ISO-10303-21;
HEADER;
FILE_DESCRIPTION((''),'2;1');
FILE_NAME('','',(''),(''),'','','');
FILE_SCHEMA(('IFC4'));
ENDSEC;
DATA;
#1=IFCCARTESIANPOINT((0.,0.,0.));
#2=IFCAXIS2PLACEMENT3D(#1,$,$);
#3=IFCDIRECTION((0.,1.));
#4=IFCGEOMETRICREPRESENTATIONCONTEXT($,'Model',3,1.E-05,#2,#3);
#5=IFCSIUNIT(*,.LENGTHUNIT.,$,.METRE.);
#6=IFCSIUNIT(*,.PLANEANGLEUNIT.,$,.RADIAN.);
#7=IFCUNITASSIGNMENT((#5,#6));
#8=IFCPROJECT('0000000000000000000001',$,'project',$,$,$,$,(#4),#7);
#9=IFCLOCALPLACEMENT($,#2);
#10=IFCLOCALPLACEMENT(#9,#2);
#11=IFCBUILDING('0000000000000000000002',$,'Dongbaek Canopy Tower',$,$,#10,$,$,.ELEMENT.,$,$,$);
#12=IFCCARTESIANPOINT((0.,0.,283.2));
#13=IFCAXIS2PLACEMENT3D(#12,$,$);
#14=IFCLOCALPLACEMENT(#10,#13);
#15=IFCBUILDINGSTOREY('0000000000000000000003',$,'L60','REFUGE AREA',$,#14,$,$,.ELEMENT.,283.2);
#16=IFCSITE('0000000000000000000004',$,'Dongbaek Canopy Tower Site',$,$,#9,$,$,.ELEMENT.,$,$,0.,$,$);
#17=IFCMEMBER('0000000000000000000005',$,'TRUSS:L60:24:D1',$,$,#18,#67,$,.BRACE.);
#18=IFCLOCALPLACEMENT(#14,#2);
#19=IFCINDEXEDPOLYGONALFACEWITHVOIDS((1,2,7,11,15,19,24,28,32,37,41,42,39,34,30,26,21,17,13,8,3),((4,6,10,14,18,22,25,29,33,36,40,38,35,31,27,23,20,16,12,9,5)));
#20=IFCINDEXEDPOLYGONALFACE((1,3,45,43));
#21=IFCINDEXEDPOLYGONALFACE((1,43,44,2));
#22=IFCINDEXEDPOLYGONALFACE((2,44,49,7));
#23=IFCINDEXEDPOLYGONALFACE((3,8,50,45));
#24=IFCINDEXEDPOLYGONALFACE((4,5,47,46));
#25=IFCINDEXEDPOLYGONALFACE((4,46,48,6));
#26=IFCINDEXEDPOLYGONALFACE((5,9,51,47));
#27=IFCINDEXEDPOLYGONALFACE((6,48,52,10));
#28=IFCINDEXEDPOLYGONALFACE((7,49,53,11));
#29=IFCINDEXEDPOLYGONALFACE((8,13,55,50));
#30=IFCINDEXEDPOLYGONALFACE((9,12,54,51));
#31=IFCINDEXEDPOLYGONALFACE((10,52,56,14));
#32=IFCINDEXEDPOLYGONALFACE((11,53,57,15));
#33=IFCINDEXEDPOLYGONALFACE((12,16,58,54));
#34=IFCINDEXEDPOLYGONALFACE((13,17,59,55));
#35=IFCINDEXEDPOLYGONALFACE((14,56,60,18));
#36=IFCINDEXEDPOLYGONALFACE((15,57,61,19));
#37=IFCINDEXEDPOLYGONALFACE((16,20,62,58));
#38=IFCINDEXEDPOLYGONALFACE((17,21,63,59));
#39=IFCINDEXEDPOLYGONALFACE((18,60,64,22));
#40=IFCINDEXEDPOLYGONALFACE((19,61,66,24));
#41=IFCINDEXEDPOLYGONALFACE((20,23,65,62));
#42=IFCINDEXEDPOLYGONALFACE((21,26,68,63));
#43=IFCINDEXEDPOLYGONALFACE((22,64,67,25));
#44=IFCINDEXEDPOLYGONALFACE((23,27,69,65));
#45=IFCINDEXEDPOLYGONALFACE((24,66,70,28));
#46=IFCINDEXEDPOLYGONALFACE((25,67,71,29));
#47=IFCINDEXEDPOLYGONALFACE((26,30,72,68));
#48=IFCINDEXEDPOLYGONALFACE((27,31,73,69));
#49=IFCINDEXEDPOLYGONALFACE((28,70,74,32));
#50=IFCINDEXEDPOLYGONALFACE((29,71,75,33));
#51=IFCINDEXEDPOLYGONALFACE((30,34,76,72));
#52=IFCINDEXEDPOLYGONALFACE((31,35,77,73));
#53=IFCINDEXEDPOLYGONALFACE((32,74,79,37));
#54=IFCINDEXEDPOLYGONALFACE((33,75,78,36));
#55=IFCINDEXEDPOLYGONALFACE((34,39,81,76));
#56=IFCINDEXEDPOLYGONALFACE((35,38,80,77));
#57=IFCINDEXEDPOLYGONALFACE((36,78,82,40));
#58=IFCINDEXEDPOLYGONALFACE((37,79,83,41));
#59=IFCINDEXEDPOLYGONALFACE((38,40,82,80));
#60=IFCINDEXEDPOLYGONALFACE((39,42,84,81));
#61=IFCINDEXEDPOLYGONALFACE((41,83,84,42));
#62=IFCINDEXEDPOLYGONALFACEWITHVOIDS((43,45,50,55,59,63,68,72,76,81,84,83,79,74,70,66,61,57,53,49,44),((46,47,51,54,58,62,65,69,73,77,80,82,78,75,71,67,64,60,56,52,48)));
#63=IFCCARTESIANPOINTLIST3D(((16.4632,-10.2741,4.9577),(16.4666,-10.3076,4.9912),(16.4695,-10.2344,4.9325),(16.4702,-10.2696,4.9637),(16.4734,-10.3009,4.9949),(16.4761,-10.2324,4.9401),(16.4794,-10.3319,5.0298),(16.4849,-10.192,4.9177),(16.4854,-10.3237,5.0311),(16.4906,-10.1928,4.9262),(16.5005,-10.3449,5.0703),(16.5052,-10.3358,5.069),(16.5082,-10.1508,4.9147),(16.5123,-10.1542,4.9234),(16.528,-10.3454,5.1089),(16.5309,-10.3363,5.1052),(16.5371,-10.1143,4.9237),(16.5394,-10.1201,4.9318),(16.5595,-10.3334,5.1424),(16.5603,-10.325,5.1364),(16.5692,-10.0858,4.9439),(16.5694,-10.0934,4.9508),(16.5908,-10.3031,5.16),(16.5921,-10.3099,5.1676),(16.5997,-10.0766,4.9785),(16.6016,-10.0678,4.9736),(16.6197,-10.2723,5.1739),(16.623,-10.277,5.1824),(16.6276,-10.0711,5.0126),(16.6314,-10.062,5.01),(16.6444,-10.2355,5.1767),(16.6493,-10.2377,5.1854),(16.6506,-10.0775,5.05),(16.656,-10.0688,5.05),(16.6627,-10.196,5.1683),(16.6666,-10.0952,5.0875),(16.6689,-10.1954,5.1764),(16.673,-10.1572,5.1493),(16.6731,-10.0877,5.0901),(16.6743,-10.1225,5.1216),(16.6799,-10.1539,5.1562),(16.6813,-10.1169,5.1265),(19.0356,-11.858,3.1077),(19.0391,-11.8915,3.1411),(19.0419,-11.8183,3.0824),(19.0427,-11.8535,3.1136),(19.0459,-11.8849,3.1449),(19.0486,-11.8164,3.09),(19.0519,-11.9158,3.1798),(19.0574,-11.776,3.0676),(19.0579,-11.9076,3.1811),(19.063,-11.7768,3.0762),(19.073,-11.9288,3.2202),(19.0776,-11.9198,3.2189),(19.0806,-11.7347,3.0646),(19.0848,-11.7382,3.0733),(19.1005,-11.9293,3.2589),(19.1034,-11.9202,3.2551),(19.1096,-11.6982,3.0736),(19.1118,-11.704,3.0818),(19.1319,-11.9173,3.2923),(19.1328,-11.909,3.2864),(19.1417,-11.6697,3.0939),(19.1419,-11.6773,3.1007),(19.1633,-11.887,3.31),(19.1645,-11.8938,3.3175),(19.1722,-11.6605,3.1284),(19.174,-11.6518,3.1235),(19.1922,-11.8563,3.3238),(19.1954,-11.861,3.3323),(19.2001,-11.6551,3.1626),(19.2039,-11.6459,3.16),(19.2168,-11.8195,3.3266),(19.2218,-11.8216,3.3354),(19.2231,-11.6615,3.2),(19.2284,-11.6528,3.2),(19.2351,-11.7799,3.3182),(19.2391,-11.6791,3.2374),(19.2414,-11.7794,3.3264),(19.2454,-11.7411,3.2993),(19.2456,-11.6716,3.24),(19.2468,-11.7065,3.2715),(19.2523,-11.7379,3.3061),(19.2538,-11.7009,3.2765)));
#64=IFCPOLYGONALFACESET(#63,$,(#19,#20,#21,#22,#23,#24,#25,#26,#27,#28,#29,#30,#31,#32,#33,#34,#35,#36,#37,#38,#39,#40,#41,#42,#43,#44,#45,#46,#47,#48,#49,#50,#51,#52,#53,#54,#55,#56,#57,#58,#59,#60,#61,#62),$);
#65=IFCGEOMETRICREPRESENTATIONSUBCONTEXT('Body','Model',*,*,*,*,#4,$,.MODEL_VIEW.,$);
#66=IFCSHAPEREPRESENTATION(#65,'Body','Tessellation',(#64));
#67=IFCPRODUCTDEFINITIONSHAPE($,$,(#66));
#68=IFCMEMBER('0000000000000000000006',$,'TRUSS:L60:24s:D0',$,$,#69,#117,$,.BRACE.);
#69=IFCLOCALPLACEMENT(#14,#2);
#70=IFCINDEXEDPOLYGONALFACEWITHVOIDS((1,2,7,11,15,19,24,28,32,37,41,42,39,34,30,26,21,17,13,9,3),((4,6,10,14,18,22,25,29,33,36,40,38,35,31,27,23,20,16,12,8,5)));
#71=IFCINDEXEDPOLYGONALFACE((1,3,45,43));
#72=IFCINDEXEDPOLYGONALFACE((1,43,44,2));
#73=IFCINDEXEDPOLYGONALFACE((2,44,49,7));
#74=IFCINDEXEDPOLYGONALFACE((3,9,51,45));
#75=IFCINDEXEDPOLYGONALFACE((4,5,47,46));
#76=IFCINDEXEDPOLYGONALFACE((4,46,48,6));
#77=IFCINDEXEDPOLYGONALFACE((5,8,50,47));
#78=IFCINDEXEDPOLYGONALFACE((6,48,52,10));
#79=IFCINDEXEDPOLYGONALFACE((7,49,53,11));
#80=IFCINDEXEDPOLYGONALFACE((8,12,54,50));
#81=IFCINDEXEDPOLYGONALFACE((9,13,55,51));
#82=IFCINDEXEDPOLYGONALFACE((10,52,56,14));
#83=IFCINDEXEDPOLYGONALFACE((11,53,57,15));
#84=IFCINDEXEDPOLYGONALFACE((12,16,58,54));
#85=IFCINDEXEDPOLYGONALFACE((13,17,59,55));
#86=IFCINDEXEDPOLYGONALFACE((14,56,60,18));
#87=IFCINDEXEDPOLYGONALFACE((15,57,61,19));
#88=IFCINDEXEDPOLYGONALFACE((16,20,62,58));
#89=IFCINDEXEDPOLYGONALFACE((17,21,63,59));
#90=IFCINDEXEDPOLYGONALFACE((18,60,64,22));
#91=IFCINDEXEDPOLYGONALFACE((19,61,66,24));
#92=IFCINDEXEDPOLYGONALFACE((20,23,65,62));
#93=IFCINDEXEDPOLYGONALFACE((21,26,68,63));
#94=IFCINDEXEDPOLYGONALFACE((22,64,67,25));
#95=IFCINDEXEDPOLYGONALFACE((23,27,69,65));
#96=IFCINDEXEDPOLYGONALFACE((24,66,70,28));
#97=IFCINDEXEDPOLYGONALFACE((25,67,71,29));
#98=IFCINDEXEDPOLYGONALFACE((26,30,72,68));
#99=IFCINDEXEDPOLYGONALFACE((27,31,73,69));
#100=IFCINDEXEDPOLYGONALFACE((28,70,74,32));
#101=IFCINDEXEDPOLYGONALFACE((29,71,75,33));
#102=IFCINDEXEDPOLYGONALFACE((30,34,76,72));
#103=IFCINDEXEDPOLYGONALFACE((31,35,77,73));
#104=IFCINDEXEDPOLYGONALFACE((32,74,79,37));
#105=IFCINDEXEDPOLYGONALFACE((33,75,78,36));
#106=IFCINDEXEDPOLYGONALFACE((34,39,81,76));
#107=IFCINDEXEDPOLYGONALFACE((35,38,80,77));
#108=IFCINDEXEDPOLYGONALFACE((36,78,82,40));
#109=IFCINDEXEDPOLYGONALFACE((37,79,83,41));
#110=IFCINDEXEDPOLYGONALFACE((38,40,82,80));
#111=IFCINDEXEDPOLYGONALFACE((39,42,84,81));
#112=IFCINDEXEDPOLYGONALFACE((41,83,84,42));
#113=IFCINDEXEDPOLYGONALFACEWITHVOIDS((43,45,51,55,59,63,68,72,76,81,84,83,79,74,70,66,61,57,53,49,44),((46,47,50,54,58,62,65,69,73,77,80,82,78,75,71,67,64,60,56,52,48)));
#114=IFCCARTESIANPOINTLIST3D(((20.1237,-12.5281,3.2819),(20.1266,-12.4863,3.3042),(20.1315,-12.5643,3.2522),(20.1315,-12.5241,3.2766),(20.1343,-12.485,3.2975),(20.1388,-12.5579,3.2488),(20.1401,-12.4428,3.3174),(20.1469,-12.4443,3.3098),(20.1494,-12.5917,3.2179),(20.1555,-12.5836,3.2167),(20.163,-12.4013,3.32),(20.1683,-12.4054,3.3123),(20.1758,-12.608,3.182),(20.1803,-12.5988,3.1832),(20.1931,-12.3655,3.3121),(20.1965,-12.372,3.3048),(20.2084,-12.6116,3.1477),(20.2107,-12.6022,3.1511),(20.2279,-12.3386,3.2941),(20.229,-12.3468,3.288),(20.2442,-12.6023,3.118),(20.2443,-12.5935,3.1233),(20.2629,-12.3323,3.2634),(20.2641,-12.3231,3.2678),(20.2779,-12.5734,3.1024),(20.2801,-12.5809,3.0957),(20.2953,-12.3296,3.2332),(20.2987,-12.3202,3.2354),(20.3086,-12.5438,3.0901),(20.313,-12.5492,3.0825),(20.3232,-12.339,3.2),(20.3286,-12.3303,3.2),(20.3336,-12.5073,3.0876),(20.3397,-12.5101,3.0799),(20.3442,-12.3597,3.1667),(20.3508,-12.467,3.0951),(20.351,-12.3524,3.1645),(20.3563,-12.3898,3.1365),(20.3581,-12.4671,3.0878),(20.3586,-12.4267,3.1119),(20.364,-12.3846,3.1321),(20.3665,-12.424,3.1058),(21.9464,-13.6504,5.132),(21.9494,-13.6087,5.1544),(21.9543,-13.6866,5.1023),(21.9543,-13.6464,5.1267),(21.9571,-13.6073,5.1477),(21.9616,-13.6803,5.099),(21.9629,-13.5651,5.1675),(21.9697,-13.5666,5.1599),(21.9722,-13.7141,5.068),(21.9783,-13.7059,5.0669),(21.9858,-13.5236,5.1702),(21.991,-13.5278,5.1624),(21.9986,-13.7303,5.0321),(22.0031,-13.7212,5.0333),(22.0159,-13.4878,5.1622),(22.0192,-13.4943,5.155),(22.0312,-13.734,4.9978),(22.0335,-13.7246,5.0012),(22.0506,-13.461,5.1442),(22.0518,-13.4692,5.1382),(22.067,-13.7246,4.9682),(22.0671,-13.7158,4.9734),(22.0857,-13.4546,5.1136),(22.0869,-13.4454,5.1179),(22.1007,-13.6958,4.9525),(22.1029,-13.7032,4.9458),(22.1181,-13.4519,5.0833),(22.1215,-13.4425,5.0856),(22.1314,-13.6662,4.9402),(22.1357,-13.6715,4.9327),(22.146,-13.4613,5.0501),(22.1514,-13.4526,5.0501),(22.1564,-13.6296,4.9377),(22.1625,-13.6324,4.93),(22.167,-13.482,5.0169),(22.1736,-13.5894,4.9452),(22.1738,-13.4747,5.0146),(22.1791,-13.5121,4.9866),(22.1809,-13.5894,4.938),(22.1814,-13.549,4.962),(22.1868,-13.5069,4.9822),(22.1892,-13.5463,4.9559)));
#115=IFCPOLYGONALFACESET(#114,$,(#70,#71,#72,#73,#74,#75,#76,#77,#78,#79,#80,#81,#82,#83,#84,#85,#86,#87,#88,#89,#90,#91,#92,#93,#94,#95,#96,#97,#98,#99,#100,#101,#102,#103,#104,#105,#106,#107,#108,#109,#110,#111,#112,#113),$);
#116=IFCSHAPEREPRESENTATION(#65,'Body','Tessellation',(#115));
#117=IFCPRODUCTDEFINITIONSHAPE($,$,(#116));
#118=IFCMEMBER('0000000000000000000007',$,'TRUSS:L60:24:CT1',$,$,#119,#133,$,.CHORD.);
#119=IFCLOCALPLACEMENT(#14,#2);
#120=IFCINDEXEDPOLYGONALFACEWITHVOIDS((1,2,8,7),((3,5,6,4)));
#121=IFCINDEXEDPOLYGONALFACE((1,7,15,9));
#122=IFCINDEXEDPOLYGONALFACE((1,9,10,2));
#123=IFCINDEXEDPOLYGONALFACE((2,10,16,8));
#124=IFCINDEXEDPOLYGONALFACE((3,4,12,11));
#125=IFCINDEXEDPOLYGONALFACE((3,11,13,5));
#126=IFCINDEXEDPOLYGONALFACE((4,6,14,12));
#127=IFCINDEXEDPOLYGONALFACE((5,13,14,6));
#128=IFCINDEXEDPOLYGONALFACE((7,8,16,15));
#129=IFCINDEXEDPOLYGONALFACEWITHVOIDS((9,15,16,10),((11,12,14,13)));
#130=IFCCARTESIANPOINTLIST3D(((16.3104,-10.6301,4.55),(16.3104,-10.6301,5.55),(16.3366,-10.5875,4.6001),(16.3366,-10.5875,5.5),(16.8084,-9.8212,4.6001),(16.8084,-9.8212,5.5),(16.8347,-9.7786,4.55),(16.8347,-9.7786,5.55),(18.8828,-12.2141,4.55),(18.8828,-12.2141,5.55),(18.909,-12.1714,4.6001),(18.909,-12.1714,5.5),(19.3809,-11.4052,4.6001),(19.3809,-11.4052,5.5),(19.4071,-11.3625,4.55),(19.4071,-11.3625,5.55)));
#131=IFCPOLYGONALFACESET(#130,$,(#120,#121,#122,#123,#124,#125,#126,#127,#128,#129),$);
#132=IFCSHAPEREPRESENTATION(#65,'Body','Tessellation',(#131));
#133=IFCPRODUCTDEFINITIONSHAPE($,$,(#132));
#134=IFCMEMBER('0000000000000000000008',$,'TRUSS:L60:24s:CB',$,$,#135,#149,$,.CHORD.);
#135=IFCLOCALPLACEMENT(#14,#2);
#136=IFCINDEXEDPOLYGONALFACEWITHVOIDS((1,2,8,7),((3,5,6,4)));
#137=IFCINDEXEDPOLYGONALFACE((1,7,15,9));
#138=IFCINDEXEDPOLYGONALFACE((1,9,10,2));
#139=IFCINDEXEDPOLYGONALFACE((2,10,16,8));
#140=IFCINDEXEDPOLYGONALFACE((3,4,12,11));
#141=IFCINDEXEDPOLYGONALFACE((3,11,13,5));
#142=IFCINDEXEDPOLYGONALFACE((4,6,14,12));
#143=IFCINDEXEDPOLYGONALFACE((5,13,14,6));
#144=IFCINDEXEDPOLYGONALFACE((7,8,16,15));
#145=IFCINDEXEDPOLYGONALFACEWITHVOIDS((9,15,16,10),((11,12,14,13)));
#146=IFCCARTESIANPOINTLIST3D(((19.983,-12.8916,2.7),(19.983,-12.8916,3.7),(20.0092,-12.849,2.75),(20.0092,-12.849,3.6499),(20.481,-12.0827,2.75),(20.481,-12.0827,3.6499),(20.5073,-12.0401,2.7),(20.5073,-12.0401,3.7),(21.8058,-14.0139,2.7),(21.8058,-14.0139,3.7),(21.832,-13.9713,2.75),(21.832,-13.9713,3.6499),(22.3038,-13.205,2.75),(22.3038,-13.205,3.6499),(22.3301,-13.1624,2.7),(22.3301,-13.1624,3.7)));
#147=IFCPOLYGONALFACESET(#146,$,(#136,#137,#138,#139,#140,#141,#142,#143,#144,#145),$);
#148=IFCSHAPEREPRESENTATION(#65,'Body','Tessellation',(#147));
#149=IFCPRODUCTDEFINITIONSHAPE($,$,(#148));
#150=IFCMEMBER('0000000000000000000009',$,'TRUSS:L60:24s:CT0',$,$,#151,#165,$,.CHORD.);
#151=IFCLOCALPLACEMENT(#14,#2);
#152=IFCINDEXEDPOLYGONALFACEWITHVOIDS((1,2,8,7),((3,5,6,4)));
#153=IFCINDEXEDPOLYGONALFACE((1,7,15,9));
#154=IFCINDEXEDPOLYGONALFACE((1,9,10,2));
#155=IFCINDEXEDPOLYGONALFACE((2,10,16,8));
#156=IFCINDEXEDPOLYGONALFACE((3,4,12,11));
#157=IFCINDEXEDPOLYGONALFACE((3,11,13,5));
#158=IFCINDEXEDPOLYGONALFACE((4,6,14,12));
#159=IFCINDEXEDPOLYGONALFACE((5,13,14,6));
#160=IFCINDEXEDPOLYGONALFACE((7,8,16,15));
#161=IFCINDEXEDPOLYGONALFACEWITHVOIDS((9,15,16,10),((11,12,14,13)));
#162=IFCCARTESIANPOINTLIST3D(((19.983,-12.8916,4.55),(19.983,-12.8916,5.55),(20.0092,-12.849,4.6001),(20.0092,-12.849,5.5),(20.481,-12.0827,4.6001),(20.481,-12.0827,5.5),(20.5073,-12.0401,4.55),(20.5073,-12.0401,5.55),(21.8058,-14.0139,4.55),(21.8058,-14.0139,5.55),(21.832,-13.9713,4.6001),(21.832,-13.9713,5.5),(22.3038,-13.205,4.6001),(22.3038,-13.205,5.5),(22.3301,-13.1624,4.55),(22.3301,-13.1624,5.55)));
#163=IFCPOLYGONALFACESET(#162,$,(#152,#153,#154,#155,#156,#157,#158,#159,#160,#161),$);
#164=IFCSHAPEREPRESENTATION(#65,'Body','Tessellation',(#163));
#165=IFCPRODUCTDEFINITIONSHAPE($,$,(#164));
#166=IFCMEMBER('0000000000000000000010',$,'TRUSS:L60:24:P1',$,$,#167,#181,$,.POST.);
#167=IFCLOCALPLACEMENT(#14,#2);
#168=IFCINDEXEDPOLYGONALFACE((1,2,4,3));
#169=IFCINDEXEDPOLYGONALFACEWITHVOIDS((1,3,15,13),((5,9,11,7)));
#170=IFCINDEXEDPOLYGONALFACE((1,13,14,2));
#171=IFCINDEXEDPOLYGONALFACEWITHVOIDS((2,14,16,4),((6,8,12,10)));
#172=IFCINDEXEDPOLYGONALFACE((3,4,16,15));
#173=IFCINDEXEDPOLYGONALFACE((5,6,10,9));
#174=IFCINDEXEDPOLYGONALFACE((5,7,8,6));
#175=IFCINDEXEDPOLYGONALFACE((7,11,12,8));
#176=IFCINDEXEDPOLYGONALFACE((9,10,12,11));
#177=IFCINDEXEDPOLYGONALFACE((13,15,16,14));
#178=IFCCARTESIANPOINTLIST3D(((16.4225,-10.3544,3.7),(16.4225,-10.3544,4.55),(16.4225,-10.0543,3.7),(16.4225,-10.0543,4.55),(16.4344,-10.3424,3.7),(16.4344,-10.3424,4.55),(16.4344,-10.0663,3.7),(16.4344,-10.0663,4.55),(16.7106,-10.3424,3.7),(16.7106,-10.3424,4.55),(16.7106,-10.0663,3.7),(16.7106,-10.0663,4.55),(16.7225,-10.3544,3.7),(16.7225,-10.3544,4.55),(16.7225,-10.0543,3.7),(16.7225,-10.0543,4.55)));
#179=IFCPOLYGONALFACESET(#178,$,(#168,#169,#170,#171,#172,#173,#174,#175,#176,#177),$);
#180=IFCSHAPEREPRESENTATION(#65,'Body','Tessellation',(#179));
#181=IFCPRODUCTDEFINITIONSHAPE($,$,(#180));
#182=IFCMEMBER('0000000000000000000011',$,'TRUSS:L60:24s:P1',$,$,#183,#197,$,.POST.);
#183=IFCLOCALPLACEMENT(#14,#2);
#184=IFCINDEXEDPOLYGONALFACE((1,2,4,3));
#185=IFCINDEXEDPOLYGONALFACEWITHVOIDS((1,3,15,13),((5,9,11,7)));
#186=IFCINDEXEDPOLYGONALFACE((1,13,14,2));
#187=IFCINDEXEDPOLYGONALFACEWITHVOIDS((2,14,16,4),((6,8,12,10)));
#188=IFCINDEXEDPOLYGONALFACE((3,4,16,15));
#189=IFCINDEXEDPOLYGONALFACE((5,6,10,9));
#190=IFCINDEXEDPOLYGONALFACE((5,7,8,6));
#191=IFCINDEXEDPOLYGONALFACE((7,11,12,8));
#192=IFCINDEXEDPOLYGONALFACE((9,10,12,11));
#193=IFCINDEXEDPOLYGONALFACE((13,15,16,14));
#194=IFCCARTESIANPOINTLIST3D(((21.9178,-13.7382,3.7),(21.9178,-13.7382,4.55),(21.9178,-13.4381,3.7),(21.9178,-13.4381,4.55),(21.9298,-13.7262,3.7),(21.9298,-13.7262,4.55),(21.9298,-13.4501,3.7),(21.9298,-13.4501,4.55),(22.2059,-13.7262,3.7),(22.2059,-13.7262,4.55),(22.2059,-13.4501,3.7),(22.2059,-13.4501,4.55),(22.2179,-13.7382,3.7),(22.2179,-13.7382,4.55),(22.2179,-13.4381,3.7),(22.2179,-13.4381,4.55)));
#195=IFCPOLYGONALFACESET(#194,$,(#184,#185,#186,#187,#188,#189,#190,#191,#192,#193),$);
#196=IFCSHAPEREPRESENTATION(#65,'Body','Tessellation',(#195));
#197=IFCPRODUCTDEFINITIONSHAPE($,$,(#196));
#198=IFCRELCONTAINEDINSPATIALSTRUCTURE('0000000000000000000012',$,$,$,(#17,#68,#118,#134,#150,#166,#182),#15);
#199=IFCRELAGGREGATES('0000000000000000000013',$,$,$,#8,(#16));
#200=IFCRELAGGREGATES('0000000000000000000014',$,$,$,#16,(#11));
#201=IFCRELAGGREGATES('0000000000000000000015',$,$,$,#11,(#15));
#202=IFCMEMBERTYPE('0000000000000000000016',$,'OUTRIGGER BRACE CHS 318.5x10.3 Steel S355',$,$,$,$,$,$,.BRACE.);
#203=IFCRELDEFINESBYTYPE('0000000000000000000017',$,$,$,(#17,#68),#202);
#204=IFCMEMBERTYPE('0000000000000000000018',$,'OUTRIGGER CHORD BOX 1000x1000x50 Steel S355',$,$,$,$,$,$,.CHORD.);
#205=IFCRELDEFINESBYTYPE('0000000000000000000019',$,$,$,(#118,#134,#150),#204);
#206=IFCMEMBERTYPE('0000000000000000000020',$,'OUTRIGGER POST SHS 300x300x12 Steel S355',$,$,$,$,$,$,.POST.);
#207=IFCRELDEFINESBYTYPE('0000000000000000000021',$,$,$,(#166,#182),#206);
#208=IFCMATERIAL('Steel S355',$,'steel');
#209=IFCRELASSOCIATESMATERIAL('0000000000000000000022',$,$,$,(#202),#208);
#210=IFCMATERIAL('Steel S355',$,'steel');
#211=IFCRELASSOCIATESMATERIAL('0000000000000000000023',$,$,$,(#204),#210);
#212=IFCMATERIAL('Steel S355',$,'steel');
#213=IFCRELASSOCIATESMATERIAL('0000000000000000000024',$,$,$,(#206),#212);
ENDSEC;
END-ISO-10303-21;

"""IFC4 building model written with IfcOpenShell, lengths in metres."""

from ifc_helpers import new_model, si_unit, direction, frame, origin, origin_2d, place, context, subcontext, project, spatial, hollow_rectangle, hollow_circle, extrude, material, material_profile, profile_set, type_object, element, save


model = new_model("IFC4")

# Units and contexts
model_context = context("Model", 3, precision=1e-05, world=origin(), true_north=direction((0.0, 1.0)))
body_context = subcontext(model_context, "Body", "Model", "MODEL_VIEW")
ifc_project = project(units=[si_unit("LENGTHUNIT", "METRE"), si_unit("PLANEANGLEUNIT", "RADIAN")], contexts=[model_context])

# Site, building, storey
site_placement = place(None, origin())
site = spatial("IfcSite", under=ifc_project, at=site_placement, Name="Dongbaek Canopy Tower Site", CompositionType="ELEMENT", RefElevation=0.0)
building_placement = place(site_placement, origin())
building = spatial("IfcBuilding", under=site, at=building_placement, Name="Dongbaek Canopy Tower", CompositionType="ELEMENT")
storey_placement = place(building_placement, frame((0.0, 0.0, 283.2)))
storey = spatial("IfcBuildingStorey", under=building, at=storey_placement, Name="L60", Description="REFUGE AREA", CompositionType="ELEMENT", Elevation=283.2)

# Members
ifc_material_1 = material(Name="Steel S355", Category="steel")
ifc_material_profile_1 = material_profile(ifc_material_1, hollow_circle(Radius=0.1592, WallThickness=0.0103, at=origin_2d()), Name="OUTRIGGER BRACE CHS 318.5x10.3 Steel S355")
ifc_profile_set_1 = profile_set([ifc_material_profile_1], Name="Steel S355")
member_type_1 = type_object("IfcMemberType", Name="OUTRIGGER BRACE CHS 318.5x10.3 Steel S355", PredefinedType="BRACE", material=ifc_profile_set_1)
member_1_placement = place(storey_placement, frame((16.5725, -10.2043, 5.05), z_axis=(0.726174, -0.447131, -0.52225), x_axis=(0.524314, 0.851525, 0.0)))
element("IfcMember", 1, at=member_1_placement, inside=storey, type_object=member_type_1, Name="TRUSS:L60:24:D1", PredefinedType="BRACE", context=body_context, shape_type="SweptSolid", body=[
    extrude(hollow_circle(Radius=0.1592, WallThickness=0.0103, at=origin_2d()), origin(), (0.0, 0.0, 1.0), 3.5425),
])
member_2_placement = place(storey_placement, frame((20.2451, -12.4658, 3.2), z_axis=(0.644244, -0.396677, 0.653909), x_axis=(0.524307, 0.851529, 0.0)))
element("IfcMember", 2, at=member_2_placement, inside=storey, type_object=member_type_1, Name="TRUSS:L60:24s:D0", PredefinedType="BRACE", context=body_context, shape_type="SweptSolid", body=[
    extrude(hollow_circle(Radius=0.1592, WallThickness=0.0103, at=origin_2d()), origin(), (0.0, 0.0, 1.0), 2.8293),
])
ifc_material_2 = material(Name="Steel S355", Category="steel")
ifc_material_profile_2 = material_profile(ifc_material_2, hollow_rectangle(XDim=1.0, YDim=1.0, WallThickness=0.05, at=origin_2d()), Name="OUTRIGGER CHORD BOX 1000x1000x50 Steel S355")
ifc_profile_set_2 = profile_set([ifc_material_profile_2], Name="Steel S355")
member_type_2 = type_object("IfcMemberType", Name="OUTRIGGER CHORD BOX 1000x1000x50 Steel S355", PredefinedType="CHORD", material=ifc_profile_set_2)
member_3_placement = place(storey_placement, frame((16.5725, -10.2043, 5.05), z_axis=(0.851525, -0.524314, 0.0), x_axis=(0.524314, 0.851525, 0.0)))
element("IfcMember", 3, at=member_3_placement, inside=storey, type_object=member_type_2, Name="TRUSS:L60:24:CT1", PredefinedType="CHORD", context=body_context, shape_type="SweptSolid", body=[
    extrude(hollow_rectangle(XDim=1.0, YDim=1.0, WallThickness=0.05, at=origin_2d()), origin(), (0.0, 0.0, 1.0), 3.021),
])
for number, where, z_axis, x_axis, name in (
    (4, (20.2451, -12.4658, 3.2), (0.851529, -0.524307, 0.0), (0.524307, 0.851529, 0.0), "TRUSS:L60:24s:CB"),
    (5, (20.2451, -12.4658, 5.05), (0.851529, -0.524307, 0.0), (0.524307, 0.851529, 0.0), "TRUSS:L60:24s:CT0"),
):
    element("IfcMember", number, at=place(storey_placement, frame(where, z_axis=z_axis, x_axis=x_axis)), inside=storey, type_object=member_type_2, Name=name, PredefinedType="CHORD", context=body_context, shape_type="SweptSolid", body=[
        extrude(hollow_rectangle(XDim=1.0, YDim=1.0, WallThickness=0.05, at=origin_2d()), origin(), (0.0, 0.0, 1.0), 2.1406),
    ])
ifc_material_3 = material(Name="Steel S355", Category="steel")
ifc_material_profile_3 = material_profile(ifc_material_3, hollow_rectangle(XDim=0.3, YDim=0.3, WallThickness=0.012, at=origin_2d()), Name="OUTRIGGER POST SHS 300x300x12 Steel S355")
ifc_profile_set_3 = profile_set([ifc_material_profile_3], Name="Steel S355")
member_type_3 = type_object("IfcMemberType", Name="OUTRIGGER POST SHS 300x300x12 Steel S355", PredefinedType="POST", material=ifc_profile_set_3)
for number, where, z_axis, x_axis, name in (
    (6, (16.5725, -10.2043, 3.7), (0.0, 0.0, 1.0), (1.0, 0.0, 0.0), "TRUSS:L60:24:P1"),
    (7, (22.0679, -13.5881, 3.7), (0.0, 0.0, 1.0), (1.0, 0.0, 0.0), "TRUSS:L60:24s:P1"),
):
    element("IfcMember", number, at=place(storey_placement, frame(where, z_axis=z_axis, x_axis=x_axis)), inside=storey, type_object=member_type_3, Name=name, PredefinedType="POST", context=body_context, shape_type="SweptSolid", body=[
        extrude(hollow_rectangle(XDim=0.3, YDim=0.3, WallThickness=0.012, at=origin_2d()), origin(), (0.0, 0.0, 1.0), 0.8501),
    ])

save(model, "model.ifc")
